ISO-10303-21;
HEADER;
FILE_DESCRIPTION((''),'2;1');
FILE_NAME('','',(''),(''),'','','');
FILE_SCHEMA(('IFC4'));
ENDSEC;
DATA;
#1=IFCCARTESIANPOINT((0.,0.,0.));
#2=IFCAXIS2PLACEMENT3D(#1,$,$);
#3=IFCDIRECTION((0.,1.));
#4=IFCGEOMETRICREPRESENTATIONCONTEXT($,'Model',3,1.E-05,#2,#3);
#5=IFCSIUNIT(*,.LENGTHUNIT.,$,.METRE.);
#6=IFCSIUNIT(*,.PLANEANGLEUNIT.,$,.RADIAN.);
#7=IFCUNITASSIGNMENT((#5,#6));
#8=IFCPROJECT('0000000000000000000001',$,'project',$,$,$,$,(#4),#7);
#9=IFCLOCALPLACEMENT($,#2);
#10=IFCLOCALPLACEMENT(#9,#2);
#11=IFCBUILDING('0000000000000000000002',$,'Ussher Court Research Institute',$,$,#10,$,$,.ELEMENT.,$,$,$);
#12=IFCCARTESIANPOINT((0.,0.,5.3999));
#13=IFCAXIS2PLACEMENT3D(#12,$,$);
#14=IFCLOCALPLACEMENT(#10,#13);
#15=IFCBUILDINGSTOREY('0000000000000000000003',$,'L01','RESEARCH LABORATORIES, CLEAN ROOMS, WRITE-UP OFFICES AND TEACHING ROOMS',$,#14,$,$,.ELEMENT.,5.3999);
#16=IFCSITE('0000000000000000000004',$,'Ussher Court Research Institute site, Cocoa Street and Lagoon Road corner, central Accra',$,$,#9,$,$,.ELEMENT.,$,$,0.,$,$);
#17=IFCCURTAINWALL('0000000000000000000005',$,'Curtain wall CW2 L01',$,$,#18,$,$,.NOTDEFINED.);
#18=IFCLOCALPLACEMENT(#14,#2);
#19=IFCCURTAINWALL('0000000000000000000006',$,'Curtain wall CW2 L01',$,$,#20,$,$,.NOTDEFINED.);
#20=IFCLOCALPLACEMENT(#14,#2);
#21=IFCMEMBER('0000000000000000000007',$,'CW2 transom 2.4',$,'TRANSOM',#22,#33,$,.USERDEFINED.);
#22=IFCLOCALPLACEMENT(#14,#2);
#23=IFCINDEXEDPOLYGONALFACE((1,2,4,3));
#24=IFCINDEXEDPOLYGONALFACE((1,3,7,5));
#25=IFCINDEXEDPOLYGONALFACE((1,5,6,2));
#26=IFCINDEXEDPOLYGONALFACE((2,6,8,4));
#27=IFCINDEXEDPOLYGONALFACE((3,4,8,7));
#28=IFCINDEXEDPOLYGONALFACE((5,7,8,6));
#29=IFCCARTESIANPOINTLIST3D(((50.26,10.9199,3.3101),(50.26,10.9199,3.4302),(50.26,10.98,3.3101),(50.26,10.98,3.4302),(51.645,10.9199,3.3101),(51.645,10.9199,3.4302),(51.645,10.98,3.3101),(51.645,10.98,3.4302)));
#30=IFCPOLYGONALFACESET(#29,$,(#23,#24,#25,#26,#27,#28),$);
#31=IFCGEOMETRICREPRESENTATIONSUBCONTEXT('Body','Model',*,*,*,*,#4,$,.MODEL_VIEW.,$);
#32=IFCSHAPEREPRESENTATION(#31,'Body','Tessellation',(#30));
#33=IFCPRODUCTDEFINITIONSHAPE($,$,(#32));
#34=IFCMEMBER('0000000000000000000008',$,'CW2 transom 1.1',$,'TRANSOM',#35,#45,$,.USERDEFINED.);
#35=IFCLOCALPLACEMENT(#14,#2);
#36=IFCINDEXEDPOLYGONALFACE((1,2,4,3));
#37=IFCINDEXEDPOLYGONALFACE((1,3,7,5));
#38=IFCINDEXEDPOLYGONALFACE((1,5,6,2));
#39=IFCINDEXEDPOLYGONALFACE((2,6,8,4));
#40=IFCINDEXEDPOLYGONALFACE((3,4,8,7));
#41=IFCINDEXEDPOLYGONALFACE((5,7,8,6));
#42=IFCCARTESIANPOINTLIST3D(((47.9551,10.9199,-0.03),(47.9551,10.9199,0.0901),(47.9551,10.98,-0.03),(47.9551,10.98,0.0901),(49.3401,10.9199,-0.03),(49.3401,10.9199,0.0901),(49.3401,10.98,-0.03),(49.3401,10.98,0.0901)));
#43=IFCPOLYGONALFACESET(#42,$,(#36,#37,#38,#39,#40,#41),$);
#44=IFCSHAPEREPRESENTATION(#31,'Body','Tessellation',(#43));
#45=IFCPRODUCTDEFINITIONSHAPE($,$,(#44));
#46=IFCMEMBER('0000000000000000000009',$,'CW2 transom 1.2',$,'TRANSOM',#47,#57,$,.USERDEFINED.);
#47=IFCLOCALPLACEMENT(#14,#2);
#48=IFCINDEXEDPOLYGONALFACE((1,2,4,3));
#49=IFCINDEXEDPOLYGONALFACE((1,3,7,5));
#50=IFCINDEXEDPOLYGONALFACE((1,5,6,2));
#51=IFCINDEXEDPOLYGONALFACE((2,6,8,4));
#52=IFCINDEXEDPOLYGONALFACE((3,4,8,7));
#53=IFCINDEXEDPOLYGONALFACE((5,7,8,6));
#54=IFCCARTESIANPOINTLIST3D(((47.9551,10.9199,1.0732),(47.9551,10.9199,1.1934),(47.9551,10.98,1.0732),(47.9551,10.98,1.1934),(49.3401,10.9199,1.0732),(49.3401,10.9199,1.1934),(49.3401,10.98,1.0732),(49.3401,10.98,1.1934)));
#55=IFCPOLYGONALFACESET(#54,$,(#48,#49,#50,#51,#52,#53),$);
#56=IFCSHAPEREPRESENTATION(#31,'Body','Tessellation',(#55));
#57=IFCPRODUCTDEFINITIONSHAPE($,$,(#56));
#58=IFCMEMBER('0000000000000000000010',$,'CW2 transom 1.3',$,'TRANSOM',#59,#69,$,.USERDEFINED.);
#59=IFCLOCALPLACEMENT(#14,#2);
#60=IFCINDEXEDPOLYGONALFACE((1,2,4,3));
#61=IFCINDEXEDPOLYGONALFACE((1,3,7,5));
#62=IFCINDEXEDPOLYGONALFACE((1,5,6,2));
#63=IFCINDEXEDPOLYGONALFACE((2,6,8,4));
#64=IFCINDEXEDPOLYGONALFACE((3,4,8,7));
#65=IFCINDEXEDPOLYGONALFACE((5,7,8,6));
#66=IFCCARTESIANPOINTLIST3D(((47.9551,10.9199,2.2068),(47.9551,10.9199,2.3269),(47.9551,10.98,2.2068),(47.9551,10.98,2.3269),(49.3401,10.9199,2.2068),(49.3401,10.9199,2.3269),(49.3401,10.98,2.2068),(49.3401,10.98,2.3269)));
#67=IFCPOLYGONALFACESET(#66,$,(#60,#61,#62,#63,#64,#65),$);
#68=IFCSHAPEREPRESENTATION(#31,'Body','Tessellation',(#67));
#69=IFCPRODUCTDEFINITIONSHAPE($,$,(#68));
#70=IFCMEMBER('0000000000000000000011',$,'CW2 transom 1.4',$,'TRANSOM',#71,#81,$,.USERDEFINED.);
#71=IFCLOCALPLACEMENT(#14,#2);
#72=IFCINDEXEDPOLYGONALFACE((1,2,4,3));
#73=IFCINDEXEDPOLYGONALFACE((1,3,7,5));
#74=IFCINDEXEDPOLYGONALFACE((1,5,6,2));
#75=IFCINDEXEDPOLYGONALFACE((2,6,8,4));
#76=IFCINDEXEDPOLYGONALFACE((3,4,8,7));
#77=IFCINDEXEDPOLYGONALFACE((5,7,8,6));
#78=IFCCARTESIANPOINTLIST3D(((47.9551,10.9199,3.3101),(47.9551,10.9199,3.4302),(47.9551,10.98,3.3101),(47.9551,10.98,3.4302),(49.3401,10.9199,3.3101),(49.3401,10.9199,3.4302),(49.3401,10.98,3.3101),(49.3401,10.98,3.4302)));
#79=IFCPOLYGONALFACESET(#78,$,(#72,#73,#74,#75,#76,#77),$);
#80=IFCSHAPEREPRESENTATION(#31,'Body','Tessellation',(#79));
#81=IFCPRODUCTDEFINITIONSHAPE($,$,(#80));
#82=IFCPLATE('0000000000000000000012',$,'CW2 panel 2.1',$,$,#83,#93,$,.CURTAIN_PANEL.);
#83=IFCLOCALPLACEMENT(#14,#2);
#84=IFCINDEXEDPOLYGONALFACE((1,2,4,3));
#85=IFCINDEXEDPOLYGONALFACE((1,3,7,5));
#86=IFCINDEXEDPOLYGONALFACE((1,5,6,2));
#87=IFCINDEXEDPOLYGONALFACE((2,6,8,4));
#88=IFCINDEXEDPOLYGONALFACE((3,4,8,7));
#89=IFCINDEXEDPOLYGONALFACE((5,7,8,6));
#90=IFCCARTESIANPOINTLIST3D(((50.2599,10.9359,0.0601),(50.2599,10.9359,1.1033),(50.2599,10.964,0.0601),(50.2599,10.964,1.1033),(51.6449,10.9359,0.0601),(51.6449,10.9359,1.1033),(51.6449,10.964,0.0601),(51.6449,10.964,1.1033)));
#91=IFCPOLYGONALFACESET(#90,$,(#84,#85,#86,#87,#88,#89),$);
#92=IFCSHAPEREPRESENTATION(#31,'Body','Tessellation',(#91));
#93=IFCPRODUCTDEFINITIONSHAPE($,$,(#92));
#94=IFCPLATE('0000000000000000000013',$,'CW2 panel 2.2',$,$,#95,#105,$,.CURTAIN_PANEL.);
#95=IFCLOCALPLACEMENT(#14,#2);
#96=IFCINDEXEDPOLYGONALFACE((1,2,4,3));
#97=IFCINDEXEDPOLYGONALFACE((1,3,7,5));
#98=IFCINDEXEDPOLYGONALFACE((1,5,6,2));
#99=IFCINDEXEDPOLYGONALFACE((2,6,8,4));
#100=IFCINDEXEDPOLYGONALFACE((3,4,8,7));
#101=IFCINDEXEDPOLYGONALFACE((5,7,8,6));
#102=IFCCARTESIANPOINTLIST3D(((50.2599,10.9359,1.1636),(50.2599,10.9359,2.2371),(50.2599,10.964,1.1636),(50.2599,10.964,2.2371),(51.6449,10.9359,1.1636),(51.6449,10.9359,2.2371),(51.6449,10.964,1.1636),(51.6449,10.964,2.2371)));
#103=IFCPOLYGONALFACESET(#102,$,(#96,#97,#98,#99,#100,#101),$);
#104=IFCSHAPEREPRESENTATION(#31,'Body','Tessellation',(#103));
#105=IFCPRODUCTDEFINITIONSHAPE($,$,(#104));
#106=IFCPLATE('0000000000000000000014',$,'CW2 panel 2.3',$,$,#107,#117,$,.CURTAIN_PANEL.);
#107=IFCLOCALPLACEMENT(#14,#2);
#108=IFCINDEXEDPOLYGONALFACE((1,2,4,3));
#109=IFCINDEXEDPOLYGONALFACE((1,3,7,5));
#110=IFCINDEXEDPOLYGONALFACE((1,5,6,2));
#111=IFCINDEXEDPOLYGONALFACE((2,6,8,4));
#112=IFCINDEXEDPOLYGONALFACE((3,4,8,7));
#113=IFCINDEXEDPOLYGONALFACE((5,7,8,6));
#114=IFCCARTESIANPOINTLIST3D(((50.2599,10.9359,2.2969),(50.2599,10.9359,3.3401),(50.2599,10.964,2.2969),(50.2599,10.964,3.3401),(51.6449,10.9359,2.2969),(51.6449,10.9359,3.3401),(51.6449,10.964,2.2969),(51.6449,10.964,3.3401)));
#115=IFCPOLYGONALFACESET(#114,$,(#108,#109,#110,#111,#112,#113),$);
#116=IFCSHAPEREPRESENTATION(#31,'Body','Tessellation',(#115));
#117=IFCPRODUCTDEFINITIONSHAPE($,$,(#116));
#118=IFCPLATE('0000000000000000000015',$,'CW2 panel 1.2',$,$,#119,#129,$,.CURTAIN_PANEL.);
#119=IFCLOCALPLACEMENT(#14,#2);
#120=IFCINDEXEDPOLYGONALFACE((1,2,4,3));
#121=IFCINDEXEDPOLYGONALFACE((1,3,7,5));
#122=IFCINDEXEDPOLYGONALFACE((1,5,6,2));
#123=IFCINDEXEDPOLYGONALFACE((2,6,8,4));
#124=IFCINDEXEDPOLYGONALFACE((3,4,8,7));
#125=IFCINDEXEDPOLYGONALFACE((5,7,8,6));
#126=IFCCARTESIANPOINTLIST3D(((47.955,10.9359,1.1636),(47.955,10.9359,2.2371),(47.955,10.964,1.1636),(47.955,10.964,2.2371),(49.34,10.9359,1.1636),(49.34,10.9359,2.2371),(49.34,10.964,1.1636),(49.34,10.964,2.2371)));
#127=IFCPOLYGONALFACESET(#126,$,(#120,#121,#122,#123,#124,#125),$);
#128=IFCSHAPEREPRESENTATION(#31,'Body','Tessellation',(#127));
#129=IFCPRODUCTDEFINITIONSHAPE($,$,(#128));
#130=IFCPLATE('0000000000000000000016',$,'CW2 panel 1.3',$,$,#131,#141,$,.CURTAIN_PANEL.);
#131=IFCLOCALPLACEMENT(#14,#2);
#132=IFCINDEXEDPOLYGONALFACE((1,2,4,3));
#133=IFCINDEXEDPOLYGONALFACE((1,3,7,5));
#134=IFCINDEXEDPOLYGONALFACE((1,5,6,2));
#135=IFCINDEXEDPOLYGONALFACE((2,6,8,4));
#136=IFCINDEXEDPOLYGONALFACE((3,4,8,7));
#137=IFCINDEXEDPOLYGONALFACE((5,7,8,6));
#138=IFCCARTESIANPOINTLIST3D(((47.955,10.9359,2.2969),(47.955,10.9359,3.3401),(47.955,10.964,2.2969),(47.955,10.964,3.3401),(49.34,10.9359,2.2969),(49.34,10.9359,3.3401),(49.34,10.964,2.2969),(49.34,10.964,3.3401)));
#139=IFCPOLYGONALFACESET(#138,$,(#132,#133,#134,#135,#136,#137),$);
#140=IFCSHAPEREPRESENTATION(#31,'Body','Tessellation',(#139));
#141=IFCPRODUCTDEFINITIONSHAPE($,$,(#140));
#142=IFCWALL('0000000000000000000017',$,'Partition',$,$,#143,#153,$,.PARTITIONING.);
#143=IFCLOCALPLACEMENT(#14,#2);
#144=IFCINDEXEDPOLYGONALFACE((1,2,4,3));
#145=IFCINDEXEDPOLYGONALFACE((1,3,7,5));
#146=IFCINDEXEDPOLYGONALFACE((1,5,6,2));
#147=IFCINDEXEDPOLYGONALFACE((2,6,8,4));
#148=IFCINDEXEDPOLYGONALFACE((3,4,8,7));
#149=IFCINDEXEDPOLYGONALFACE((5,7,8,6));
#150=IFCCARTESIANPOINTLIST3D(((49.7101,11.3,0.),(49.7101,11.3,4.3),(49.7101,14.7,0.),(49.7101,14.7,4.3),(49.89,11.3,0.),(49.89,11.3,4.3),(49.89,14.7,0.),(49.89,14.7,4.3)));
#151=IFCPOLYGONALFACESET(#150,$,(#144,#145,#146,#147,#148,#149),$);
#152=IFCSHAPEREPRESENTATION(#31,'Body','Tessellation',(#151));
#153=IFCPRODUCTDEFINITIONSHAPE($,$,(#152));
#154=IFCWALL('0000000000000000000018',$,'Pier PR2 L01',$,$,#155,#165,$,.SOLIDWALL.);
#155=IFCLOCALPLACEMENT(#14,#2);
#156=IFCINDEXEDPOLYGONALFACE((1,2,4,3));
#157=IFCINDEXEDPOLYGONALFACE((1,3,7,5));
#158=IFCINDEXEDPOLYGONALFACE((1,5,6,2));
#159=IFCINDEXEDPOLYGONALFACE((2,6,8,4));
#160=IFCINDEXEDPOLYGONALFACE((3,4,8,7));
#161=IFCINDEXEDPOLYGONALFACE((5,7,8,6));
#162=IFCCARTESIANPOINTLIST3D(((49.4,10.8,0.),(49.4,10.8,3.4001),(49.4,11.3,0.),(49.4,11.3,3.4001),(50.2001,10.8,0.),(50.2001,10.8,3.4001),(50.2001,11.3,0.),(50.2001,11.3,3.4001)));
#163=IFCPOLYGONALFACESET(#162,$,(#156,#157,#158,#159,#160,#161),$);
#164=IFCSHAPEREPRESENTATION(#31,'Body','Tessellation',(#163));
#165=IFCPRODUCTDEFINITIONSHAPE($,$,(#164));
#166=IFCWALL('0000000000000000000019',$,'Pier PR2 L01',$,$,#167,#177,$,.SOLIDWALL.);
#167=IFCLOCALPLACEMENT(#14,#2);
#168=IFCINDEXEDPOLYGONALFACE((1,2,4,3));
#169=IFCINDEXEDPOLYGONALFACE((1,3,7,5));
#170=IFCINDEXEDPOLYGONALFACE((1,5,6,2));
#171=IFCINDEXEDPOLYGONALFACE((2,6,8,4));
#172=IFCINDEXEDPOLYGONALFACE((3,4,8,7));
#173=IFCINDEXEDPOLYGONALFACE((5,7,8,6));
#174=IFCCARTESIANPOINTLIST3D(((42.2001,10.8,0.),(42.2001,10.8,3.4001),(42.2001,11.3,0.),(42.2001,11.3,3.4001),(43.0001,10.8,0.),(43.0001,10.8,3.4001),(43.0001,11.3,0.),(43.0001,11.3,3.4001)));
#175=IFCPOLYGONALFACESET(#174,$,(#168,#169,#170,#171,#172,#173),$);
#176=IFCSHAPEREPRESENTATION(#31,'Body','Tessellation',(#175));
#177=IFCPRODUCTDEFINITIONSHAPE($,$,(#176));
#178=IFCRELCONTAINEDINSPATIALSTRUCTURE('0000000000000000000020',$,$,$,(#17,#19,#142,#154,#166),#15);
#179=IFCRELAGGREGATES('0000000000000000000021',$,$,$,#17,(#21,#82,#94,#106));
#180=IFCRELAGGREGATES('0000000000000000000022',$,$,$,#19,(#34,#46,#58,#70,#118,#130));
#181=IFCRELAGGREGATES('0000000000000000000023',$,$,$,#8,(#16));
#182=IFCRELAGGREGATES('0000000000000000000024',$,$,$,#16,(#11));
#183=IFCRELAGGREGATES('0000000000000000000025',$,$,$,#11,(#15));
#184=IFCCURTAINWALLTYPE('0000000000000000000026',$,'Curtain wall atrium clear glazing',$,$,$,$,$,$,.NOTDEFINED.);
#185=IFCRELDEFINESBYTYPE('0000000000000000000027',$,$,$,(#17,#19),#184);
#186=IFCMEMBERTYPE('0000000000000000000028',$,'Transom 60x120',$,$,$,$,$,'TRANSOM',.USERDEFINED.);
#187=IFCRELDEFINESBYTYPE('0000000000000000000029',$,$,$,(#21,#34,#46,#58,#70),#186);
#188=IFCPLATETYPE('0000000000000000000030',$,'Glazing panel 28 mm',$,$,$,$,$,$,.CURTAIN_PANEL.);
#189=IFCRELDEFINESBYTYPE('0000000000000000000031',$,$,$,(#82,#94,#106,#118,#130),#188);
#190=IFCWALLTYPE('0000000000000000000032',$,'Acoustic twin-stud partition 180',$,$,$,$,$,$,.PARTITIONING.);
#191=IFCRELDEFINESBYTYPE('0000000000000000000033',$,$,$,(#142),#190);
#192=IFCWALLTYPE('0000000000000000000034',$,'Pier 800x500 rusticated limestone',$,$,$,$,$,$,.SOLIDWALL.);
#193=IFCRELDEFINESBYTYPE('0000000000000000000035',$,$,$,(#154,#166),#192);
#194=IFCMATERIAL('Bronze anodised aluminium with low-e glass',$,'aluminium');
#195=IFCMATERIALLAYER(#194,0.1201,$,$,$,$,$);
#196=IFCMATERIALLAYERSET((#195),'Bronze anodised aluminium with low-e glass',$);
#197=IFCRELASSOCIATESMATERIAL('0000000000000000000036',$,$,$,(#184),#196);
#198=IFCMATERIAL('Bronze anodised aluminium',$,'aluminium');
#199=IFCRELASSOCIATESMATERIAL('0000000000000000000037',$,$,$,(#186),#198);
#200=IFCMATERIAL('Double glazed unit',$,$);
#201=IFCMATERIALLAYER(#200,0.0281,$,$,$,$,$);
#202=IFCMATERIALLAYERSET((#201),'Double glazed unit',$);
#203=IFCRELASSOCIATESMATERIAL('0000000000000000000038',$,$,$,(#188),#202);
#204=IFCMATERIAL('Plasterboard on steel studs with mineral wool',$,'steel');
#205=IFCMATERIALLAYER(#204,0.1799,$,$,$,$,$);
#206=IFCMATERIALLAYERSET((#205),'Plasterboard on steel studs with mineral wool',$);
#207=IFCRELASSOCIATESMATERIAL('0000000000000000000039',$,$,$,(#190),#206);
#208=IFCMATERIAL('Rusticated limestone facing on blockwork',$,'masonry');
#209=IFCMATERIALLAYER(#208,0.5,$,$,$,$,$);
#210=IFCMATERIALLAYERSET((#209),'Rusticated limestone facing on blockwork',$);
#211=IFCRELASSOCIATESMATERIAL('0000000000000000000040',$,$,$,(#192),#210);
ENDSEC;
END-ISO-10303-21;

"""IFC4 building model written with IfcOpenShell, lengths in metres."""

from ifc_helpers import new_model, si_unit, direction, frame, frame_2d, origin, origin_2d, place, context, subcontext, project, spatial, rectangle, extrude, material, layer, layer_set, material_profile, profile_set, type_object, element, aggregate, save


model = new_model("IFC4")

# Units and contexts
model_context = context("Model", 3, precision=1e-05, world=origin(), true_north=direction((0.0, 1.0)))
body_context = subcontext(model_context, "Body", "Model", "MODEL_VIEW")
ifc_project = project(units=[si_unit("LENGTHUNIT", "METRE"), si_unit("PLANEANGLEUNIT", "RADIAN")], contexts=[model_context])

# Site, building, storey
site_placement = place(None, origin())
site = spatial("IfcSite", under=ifc_project, at=site_placement, Name="Ussher Court Research Institute site, Cocoa Street and Lagoon Road corner, central Accra", CompositionType="ELEMENT", RefElevation=0.0)
building_placement = place(site_placement, origin())
building = spatial("IfcBuilding", under=site, at=building_placement, Name="Ussher Court Research Institute", CompositionType="ELEMENT")
storey_placement = place(building_placement, frame((0.0, 0.0, 5.3999)))
storey = spatial("IfcBuildingStorey", under=building, at=storey_placement, Name="L01", Description="RESEARCH LABORATORIES, CLEAN ROOMS, WRITE-UP OFFICES AND TEACHING ROOMS", CompositionType="ELEMENT", Elevation=5.3999)

# Curtain wall
ifc_material_1 = material(Name="Bronze anodised aluminium with low-e glass", Category="aluminium")
ifc_layer_1 = layer(ifc_material_1, 0.1201)
ifc_layer_set_1 = layer_set([ifc_layer_1], Name="Bronze anodised aluminium with low-e glass")
curtain_wall_type = type_object("IfcCurtainWallType", Name="Curtain wall atrium clear glazing", PredefinedType="NOTDEFINED", material=ifc_layer_set_1)
curtain_wall_1_placement = place(storey_placement, origin())
curtain_wall_1 = element("IfcCurtainWall", 1, at=curtain_wall_1_placement, inside=storey, type_object=curtain_wall_type, Name="Curtain wall CW2 L01", PredefinedType="NOTDEFINED")

# Curtain wall
curtain_wall_2_placement = place(storey_placement, origin())
curtain_wall_2 = element("IfcCurtainWall", 2, at=curtain_wall_2_placement, inside=storey, type_object=curtain_wall_type, Name="Curtain wall CW2 L01", PredefinedType="NOTDEFINED")

# Members
ifc_material_2 = material(Name="Bronze anodised aluminium", Category="aluminium")
ifc_material_profile_1 = material_profile(ifc_material_2, rectangle(XDim=0.0601, YDim=0.1201, at=origin_2d()), Name="Transom 60x120")
ifc_profile_set_1 = profile_set([ifc_material_profile_1], Name="Bronze anodised aluminium")
member_type_1 = type_object("IfcMemberType", Name="Transom 60x120", ElementType="TRANSOM", PredefinedType="USERDEFINED", material=ifc_profile_set_1)
member_1_placement = place(storey_placement, frame((51.645, 10.95, 3.3701), z_axis=(-1.0, 0.0, 0.0), x_axis=(0.0, -1.0, 0.0)))
member_1 = element("IfcMember", 3, at=member_1_placement, type_object=member_type_1, Name="CW2 transom 2.4", ObjectType="TRANSOM", PredefinedType="USERDEFINED", context=body_context, shape_type="SweptSolid", body=[
    extrude(rectangle(XDim=0.0601, YDim=0.1201, at=origin_2d()), origin(), (0.0, 0.0, 1.0), 1.385),
])
member_2_placement = place(storey_placement, frame((49.3401, 10.95, 0.03), z_axis=(-1.0, 0.0, 0.0), x_axis=(0.0, -1.0, 0.0)))
member_2 = element("IfcMember", 4, at=member_2_placement, type_object=member_type_1, Name="CW2 transom 1.1", ObjectType="TRANSOM", PredefinedType="USERDEFINED", context=body_context, shape_type="SweptSolid", body=[
    extrude(rectangle(XDim=0.0601, YDim=0.1201, at=origin_2d()), origin(), (0.0, 0.0, 1.0), 1.385),
])
member_3_placement = place(storey_placement, frame((49.3401, 10.95, 1.1333), z_axis=(-1.0, 0.0, 0.0), x_axis=(0.0, -1.0, 0.0)))
member_3 = element("IfcMember", 5, at=member_3_placement, type_object=member_type_1, Name="CW2 transom 1.2", ObjectType="TRANSOM", PredefinedType="USERDEFINED", context=body_context, shape_type="SweptSolid", body=[
    extrude(rectangle(XDim=0.0601, YDim=0.1201, at=origin_2d()), origin(), (0.0, 0.0, 1.0), 1.385),
])
member_4_placement = place(storey_placement, frame((49.3401, 10.95, 2.2668), z_axis=(-1.0, 0.0, 0.0), x_axis=(0.0, -1.0, 0.0)))
member_4 = element("IfcMember", 6, at=member_4_placement, type_object=member_type_1, Name="CW2 transom 1.3", ObjectType="TRANSOM", PredefinedType="USERDEFINED", context=body_context, shape_type="SweptSolid", body=[
    extrude(rectangle(XDim=0.0601, YDim=0.1201, at=origin_2d()), origin(), (0.0, 0.0, 1.0), 1.385),
])
member_5_placement = place(storey_placement, frame((49.3401, 10.95, 3.3701), z_axis=(-1.0, 0.0, 0.0), x_axis=(0.0, -1.0, 0.0)))
member_5 = element("IfcMember", 7, at=member_5_placement, type_object=member_type_1, Name="CW2 transom 1.4", ObjectType="TRANSOM", PredefinedType="USERDEFINED", context=body_context, shape_type="SweptSolid", body=[
    extrude(rectangle(XDim=0.0601, YDim=0.1201, at=origin_2d()), origin(), (0.0, 0.0, 1.0), 1.385),
])

# Plates
ifc_material_3 = material(Name="Double glazed unit")
ifc_layer_2 = layer(ifc_material_3, 0.0281)
ifc_layer_set_2 = layer_set([ifc_layer_2], Name="Double glazed unit")
plate_type = type_object("IfcPlateType", Name="Glazing panel 28 mm", PredefinedType="CURTAIN_PANEL", material=ifc_layer_set_2)
plate_1_placement = place(storey_placement, frame((50.9524, 10.95, 0.0601), z_axis=(0.0, 0.0, 1.0), x_axis=(-1.0, 0.0, 0.0)))
plate_1 = element("IfcPlate", 8, at=plate_1_placement, type_object=plate_type, Name="CW2 panel 2.1", PredefinedType="CURTAIN_PANEL", context=body_context, shape_type="SweptSolid", body=[
    extrude(rectangle(XDim=1.385, YDim=0.0281, at=origin_2d()), origin(), (0.0, 0.0, 1.0), 1.0432),
])
plate_2_placement = place(storey_placement, frame((50.9524, 10.95, 1.1636), z_axis=(0.0, 0.0, 1.0), x_axis=(-1.0, 0.0, 0.0)))
plate_2 = element("IfcPlate", 9, at=plate_2_placement, type_object=plate_type, Name="CW2 panel 2.2", PredefinedType="CURTAIN_PANEL", context=body_context, shape_type="SweptSolid", body=[
    extrude(rectangle(XDim=1.385, YDim=0.0281, at=origin_2d()), origin(), (0.0, 0.0, 1.0), 1.0735),
])
plate_3_placement = place(storey_placement, frame((50.9524, 10.95, 2.2969), z_axis=(0.0, 0.0, 1.0), x_axis=(-1.0, 0.0, 0.0)))
plate_3 = element("IfcPlate", 10, at=plate_3_placement, type_object=plate_type, Name="CW2 panel 2.3", PredefinedType="CURTAIN_PANEL", context=body_context, shape_type="SweptSolid", body=[
    extrude(rectangle(XDim=1.385, YDim=0.0281, at=origin_2d()), origin(), (0.0, 0.0, 1.0), 1.0432),
])
aggregate(curtain_wall_1, [member_1, plate_1, plate_2, plate_3])
plate_4_placement = place(storey_placement, frame((48.6475, 10.95, 1.1636), z_axis=(0.0, 0.0, 1.0), x_axis=(-1.0, 0.0, 0.0)))
plate_4 = element("IfcPlate", 11, at=plate_4_placement, type_object=plate_type, Name="CW2 panel 1.2", PredefinedType="CURTAIN_PANEL", context=body_context, shape_type="SweptSolid", body=[
    extrude(rectangle(XDim=1.385, YDim=0.0281, at=origin_2d()), origin(), (0.0, 0.0, 1.0), 1.0735),
])
plate_5_placement = place(storey_placement, frame((48.6475, 10.95, 2.2969), z_axis=(0.0, 0.0, 1.0), x_axis=(-1.0, 0.0, 0.0)))
plate_5 = element("IfcPlate", 12, at=plate_5_placement, type_object=plate_type, Name="CW2 panel 1.3", PredefinedType="CURTAIN_PANEL", context=body_context, shape_type="SweptSolid", body=[
    extrude(rectangle(XDim=1.385, YDim=0.0281, at=origin_2d()), origin(), (0.0, 0.0, 1.0), 1.0432),
])
aggregate(curtain_wall_2, [member_2, member_3, member_4, member_5, plate_4, plate_5])

# Walls
ifc_material_4 = material(Name="Plasterboard on steel studs with mineral wool", Category="steel")
ifc_layer_3 = layer(ifc_material_4, 0.1799)
ifc_layer_set_3 = layer_set([ifc_layer_3], Name="Plasterboard on steel studs with mineral wool")
wall_type_1 = type_object("IfcWallType", Name="Acoustic twin-stud partition 180", PredefinedType="PARTITIONING", material=ifc_layer_set_3)
wall_placement = place(storey_placement, frame((49.8, 11.3, 0.0), z_axis=(0.0, 0.0, 1.0), x_axis=(0.0, 1.0, 0.0)))
element("IfcWall", 13, at=wall_placement, inside=storey, type_object=wall_type_1, Name="Partition", PredefinedType="PARTITIONING", context=body_context, shape_type="SweptSolid", body=[
    extrude(rectangle(XDim=3.3999, YDim=0.1799, at=frame_2d((1.7, 0.0))), origin(), (0.0, 0.0, 1.0), 4.3),
])
ifc_material_5 = material(Name="Rusticated limestone facing on blockwork", Category="masonry")
ifc_layer_4 = layer(ifc_material_5, 0.5)
ifc_layer_set_4 = layer_set([ifc_layer_4], Name="Rusticated limestone facing on blockwork")
wall_type_2 = type_object("IfcWallType", Name="Pier 800x500 rusticated limestone", PredefinedType="SOLIDWALL", material=ifc_layer_set_4)
for number, where, z_axis, x_axis, name in (
    (14, (50.2, 11.05, 0.0), (0.0, 0.0, 1.0), (-1.0, 0.0, 0.0), "Pier PR2 L01"),
    (15, (43.0, 11.05, 0.0), (0.0, 0.0, 1.0), (-1.0, 0.0, 0.0), "Pier PR2 L01"),
):
    element("IfcWall", number, at=place(storey_placement, frame(where, z_axis=z_axis, x_axis=x_axis)), inside=storey, type_object=wall_type_2, Name=name, PredefinedType="SOLIDWALL", context=body_context, shape_type="SweptSolid", body=[
        extrude(rectangle(XDim=0.8, YDim=0.5, at=frame_2d((0.3999, 0.0))), origin(), (0.0, 0.0, 1.0), 3.4001),
    ])

save(model, "model.ifc")
